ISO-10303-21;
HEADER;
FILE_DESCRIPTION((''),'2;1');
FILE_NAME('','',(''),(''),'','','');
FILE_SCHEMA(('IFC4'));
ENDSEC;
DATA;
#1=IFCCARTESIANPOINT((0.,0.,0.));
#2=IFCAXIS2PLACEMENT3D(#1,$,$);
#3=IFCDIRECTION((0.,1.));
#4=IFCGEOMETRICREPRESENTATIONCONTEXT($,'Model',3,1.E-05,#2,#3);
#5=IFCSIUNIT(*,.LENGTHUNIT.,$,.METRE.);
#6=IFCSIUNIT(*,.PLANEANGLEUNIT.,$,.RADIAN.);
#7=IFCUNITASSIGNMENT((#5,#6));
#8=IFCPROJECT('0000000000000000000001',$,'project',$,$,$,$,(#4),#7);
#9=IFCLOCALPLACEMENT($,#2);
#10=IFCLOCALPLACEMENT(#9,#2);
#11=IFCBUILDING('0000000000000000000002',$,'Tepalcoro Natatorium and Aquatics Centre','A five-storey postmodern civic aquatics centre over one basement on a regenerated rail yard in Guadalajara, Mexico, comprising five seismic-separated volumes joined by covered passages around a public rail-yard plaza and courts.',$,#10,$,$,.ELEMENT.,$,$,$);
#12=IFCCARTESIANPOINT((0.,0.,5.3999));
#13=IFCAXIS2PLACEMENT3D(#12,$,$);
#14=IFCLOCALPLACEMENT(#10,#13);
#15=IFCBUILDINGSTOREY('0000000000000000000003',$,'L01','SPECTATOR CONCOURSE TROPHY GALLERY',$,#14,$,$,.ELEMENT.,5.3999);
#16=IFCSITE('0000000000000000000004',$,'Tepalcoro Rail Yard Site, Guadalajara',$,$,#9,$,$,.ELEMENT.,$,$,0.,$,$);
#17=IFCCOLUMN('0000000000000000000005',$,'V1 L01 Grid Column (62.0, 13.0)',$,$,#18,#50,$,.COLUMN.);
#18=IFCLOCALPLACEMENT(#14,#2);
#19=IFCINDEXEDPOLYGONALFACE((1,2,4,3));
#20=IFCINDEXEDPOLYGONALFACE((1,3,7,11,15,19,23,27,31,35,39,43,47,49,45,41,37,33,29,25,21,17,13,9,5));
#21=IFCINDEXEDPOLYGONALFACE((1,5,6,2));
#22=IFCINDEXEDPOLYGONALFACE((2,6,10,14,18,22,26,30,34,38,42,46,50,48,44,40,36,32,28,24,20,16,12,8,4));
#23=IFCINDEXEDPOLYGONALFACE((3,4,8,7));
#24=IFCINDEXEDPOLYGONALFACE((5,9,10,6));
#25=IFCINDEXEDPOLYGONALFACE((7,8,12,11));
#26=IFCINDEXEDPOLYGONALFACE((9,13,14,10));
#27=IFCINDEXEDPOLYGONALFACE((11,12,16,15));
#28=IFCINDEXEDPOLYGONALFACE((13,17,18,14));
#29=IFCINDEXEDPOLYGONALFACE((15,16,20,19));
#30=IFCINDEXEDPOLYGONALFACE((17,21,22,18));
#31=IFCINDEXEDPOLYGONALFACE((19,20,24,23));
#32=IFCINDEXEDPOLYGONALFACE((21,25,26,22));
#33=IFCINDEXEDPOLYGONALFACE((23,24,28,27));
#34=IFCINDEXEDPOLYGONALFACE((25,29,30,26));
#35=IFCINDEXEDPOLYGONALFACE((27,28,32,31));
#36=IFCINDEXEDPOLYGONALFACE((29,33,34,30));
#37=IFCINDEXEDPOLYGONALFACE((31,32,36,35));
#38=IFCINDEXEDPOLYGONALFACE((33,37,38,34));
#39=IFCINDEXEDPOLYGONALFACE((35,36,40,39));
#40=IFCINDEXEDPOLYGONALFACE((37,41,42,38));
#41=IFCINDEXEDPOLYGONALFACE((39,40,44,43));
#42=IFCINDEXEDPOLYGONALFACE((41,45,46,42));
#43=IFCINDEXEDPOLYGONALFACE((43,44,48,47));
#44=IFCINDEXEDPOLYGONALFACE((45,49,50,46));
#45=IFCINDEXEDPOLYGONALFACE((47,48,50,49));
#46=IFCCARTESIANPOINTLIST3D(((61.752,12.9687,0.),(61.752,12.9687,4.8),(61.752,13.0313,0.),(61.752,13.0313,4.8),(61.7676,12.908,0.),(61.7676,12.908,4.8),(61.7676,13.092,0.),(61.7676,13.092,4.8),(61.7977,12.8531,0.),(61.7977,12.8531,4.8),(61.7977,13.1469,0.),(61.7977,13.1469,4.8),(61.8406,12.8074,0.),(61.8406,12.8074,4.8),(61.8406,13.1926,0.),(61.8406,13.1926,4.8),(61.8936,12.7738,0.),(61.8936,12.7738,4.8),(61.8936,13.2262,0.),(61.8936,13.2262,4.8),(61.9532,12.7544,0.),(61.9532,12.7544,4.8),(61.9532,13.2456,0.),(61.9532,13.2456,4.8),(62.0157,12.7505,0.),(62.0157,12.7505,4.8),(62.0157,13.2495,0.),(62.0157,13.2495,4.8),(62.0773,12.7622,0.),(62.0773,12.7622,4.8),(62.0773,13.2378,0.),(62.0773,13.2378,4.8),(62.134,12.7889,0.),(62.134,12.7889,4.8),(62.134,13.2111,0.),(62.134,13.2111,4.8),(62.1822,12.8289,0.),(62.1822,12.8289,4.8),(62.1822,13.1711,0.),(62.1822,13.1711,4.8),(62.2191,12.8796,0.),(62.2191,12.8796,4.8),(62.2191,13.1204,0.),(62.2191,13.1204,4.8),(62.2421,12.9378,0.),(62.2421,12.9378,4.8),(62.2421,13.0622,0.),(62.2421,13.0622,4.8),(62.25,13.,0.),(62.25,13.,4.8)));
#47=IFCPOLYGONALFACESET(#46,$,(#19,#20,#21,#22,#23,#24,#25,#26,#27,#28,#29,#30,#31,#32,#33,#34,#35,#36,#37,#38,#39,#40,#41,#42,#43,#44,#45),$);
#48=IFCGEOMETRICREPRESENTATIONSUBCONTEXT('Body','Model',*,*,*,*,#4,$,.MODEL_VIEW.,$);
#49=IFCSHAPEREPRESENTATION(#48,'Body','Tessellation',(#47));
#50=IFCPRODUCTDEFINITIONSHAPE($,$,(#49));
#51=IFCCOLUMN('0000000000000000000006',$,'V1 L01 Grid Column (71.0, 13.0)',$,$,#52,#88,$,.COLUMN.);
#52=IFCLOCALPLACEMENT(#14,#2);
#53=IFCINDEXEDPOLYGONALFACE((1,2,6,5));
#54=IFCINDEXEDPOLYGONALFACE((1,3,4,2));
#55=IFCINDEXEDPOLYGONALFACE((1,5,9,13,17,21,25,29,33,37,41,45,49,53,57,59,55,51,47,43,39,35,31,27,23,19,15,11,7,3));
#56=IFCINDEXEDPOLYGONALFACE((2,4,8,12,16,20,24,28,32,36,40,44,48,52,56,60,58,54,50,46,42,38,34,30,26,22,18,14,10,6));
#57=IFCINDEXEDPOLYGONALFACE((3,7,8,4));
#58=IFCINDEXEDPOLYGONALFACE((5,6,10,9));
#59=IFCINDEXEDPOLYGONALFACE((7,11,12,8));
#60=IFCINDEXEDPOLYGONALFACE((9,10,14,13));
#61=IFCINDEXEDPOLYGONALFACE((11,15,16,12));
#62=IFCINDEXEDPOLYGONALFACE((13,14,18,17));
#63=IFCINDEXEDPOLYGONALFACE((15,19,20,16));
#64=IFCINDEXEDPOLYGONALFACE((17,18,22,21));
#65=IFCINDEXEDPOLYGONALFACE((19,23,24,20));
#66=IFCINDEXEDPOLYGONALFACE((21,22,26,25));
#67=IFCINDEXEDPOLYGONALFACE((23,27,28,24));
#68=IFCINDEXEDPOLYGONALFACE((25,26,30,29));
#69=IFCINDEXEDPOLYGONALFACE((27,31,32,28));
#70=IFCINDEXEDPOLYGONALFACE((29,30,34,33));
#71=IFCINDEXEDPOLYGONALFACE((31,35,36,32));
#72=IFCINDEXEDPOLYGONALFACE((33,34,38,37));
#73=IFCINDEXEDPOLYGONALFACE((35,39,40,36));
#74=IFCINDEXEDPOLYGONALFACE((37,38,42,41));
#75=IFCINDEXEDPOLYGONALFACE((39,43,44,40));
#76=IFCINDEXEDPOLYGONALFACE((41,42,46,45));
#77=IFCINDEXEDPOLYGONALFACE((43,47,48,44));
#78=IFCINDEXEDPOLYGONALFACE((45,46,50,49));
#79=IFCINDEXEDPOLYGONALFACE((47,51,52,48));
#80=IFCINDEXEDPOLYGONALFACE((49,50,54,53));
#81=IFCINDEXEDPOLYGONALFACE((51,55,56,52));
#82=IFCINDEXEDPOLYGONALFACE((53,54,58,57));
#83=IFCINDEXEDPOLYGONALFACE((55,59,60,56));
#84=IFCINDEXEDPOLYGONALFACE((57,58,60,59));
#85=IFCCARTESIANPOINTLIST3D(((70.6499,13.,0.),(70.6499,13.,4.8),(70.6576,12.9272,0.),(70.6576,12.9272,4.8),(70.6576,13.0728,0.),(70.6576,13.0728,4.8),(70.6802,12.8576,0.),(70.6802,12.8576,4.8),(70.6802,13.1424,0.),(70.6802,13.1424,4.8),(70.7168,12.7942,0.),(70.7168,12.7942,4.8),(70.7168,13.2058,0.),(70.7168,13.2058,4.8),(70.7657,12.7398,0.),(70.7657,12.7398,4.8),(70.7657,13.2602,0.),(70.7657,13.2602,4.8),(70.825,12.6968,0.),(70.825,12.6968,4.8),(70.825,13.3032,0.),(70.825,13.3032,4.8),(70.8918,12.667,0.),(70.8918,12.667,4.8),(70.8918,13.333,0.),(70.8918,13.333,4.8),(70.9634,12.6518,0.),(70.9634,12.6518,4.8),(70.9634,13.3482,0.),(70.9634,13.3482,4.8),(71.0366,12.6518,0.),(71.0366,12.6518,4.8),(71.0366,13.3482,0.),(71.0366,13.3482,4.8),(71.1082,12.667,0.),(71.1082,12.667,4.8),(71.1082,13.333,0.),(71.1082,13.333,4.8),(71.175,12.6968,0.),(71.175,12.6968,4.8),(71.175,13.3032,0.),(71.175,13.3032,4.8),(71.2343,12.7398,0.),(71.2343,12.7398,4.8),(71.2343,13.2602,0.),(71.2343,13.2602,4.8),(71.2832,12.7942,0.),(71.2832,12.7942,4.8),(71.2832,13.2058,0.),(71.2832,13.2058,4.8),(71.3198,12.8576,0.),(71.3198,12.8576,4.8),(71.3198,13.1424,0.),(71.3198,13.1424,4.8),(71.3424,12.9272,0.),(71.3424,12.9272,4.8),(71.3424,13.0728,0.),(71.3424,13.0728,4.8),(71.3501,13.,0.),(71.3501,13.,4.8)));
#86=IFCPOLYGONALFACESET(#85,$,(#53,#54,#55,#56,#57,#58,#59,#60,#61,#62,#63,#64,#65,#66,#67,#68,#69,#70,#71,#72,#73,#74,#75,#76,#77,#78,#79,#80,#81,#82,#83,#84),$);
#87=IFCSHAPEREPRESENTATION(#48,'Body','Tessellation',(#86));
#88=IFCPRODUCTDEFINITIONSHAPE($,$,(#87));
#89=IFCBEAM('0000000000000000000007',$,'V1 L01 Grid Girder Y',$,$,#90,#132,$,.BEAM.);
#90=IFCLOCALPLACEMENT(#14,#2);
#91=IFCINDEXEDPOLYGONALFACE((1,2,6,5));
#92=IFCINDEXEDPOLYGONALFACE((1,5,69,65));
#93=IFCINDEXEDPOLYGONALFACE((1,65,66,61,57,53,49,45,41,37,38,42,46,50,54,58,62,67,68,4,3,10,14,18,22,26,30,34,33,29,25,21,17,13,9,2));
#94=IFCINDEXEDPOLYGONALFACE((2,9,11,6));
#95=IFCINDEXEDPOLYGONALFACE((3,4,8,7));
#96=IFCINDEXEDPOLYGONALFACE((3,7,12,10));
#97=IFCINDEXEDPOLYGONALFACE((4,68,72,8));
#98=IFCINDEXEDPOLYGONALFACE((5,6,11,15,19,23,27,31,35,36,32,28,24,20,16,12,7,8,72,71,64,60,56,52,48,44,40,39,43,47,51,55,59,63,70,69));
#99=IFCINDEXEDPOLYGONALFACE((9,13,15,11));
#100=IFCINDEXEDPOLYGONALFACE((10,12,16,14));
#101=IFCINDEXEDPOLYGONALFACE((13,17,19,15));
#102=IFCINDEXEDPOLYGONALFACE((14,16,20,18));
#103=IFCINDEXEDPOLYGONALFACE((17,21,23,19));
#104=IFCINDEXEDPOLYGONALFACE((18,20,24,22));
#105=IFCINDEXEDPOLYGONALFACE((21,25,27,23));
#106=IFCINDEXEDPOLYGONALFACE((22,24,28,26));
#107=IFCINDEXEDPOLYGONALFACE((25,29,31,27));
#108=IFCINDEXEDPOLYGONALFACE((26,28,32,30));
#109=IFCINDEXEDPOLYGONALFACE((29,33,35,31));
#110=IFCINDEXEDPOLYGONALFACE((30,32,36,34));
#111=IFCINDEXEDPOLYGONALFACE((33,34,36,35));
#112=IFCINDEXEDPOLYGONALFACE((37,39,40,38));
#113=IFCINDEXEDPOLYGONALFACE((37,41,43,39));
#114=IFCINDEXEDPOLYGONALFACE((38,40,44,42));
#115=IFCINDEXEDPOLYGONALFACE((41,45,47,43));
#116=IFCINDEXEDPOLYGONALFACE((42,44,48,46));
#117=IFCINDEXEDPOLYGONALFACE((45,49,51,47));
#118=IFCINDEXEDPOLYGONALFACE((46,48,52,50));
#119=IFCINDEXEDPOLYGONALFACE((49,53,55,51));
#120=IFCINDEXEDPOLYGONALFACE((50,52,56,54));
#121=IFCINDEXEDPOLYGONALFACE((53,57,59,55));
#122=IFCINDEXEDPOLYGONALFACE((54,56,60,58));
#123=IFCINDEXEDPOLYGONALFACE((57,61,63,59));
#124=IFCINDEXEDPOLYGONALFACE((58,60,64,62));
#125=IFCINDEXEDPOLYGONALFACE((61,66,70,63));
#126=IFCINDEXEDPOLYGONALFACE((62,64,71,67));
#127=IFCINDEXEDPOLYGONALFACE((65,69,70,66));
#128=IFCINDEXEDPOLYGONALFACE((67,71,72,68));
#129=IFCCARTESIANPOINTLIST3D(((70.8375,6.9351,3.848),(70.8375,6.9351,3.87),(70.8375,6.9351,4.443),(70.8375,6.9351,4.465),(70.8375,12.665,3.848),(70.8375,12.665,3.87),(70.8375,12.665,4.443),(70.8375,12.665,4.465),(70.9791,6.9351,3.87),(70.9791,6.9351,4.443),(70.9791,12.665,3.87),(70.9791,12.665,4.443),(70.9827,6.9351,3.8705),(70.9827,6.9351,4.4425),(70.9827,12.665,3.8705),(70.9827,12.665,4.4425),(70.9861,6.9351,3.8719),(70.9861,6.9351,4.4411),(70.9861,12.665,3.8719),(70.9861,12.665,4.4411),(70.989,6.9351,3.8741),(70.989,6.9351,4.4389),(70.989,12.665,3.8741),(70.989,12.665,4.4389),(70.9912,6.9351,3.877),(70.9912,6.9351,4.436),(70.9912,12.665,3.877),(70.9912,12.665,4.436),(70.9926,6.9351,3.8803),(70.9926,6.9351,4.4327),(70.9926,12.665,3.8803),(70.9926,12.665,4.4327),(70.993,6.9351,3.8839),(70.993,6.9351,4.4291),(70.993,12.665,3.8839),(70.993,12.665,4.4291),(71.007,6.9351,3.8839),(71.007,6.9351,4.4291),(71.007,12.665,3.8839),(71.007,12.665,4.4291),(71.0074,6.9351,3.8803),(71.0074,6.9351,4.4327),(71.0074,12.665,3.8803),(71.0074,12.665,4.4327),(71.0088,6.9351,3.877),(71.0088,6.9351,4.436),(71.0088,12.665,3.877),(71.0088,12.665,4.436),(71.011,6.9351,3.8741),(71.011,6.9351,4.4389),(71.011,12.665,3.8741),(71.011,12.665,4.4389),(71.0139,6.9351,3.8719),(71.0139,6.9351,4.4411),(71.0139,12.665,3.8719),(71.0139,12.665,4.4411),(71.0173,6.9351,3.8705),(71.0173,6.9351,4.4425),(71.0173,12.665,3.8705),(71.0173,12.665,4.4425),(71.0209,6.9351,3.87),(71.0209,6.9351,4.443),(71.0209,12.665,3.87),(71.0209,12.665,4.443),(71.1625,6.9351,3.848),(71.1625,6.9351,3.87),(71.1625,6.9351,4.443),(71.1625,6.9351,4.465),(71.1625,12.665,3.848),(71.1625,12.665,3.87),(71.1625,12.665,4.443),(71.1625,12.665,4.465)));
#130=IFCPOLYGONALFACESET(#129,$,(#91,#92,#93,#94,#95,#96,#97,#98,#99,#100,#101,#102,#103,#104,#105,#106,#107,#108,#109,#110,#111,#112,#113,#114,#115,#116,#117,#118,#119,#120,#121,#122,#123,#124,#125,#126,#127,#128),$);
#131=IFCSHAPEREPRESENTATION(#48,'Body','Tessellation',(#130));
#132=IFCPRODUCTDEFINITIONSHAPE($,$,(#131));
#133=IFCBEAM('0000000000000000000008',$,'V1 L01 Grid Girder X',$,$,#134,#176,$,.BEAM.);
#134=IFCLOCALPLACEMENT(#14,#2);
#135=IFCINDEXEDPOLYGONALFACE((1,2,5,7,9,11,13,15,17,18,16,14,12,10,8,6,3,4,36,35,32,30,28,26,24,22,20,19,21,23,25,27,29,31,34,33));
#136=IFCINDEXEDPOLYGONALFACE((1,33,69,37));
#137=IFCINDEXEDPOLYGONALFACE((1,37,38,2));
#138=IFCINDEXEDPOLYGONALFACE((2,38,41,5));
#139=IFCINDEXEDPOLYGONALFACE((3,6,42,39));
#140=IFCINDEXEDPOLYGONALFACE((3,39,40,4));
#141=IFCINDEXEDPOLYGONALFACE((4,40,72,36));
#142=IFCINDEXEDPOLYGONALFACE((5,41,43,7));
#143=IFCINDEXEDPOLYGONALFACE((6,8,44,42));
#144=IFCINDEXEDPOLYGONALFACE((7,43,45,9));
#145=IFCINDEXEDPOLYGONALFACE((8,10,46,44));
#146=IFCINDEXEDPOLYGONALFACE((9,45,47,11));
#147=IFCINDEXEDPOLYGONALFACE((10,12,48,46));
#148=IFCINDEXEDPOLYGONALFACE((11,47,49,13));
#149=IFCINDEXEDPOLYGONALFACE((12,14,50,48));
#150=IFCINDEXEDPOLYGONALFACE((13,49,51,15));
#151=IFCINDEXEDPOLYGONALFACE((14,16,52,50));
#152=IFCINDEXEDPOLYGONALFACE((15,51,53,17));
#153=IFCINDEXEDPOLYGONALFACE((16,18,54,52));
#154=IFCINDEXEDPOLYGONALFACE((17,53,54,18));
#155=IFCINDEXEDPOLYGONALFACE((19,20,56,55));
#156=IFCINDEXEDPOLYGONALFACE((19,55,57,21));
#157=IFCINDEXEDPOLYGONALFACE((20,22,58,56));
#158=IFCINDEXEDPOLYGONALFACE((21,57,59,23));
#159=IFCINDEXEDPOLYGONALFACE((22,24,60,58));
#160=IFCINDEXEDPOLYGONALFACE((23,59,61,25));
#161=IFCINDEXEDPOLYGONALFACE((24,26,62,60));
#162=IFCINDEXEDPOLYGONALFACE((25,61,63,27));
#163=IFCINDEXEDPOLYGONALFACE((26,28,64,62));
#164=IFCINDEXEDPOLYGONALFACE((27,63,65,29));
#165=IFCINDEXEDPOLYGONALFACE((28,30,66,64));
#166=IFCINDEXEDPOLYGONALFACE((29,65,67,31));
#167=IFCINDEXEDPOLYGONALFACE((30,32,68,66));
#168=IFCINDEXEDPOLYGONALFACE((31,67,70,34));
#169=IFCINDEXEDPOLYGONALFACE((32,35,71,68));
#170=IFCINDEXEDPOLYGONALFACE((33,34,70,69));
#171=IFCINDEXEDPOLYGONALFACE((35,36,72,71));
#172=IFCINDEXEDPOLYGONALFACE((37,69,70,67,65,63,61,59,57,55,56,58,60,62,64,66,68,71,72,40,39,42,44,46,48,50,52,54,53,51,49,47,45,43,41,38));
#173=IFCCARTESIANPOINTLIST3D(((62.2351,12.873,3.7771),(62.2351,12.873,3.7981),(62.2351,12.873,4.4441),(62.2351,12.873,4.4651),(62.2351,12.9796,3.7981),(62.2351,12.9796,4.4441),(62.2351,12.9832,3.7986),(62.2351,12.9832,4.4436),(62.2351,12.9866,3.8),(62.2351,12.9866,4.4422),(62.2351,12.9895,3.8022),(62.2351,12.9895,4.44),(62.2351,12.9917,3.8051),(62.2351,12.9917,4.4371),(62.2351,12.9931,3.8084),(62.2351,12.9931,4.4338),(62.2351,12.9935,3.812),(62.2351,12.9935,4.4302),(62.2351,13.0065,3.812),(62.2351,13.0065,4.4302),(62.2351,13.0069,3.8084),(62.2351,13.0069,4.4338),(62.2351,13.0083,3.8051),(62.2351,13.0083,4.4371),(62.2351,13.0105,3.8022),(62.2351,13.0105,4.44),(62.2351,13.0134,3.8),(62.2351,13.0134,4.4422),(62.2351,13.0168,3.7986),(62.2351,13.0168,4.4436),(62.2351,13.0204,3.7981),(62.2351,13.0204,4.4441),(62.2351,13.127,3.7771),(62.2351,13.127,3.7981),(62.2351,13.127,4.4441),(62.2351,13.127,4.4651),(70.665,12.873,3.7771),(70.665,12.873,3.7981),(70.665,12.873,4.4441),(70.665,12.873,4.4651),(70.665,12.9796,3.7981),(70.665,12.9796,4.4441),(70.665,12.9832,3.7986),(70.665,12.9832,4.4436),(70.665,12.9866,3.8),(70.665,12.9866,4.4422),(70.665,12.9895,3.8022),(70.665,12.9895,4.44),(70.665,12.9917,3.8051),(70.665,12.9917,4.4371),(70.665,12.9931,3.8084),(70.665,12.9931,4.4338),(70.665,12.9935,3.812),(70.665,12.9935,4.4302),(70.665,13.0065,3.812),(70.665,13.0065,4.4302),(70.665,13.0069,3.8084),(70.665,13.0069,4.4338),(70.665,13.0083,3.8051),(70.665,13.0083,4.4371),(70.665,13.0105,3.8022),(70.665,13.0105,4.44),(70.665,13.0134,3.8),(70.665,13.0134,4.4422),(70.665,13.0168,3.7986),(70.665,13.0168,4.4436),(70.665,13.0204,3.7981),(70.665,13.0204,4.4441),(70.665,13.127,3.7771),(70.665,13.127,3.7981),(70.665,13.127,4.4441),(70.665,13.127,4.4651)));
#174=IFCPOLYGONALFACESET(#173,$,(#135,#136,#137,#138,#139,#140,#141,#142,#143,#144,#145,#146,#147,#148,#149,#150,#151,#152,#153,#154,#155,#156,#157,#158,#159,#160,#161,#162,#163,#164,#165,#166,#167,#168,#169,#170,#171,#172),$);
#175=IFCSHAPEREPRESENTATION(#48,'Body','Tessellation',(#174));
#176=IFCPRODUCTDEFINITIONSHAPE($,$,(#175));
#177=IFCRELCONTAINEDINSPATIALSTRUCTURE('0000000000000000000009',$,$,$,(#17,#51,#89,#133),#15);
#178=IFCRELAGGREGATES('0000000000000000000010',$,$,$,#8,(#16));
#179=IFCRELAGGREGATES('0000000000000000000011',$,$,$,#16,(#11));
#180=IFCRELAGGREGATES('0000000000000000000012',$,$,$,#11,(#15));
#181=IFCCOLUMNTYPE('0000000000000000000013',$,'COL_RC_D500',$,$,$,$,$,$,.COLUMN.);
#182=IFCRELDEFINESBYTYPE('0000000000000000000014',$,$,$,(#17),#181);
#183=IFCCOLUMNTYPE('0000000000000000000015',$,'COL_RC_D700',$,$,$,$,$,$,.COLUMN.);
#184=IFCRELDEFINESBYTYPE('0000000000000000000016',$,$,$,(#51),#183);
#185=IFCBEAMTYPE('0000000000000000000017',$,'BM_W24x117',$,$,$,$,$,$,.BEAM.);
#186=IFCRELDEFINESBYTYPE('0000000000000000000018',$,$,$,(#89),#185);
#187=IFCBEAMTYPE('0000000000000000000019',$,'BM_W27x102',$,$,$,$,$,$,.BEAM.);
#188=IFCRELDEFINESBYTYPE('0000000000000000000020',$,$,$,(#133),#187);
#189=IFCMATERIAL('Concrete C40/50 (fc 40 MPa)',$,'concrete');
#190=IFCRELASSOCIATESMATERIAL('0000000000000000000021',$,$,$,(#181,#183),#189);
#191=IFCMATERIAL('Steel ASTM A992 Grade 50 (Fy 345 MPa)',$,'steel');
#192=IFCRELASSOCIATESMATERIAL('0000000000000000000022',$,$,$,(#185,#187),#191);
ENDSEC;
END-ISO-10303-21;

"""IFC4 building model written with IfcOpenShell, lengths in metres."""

from ifc_helpers import new_model, si_unit, direction, frame, origin, origin_2d, place, context, subcontext, project, spatial, circle, i_section, extrude, material, material_profile, profile_set, type_object, element, save


model = new_model("IFC4")

# Units and contexts
model_context = context("Model", 3, precision=1e-05, world=origin(), true_north=direction((0.0, 1.0)))
body_context = subcontext(model_context, "Body", "Model", "MODEL_VIEW")
ifc_project = project(units=[si_unit("LENGTHUNIT", "METRE"), si_unit("PLANEANGLEUNIT", "RADIAN")], contexts=[model_context])

# Site, building, storey
site_placement = place(None, origin())
site = spatial("IfcSite", under=ifc_project, at=site_placement, Name="Tepalcoro Rail Yard Site, Guadalajara", CompositionType="ELEMENT", RefElevation=0.0)
building_placement = place(site_placement, origin())
building = spatial("IfcBuilding", under=site, at=building_placement, Name="Tepalcoro Natatorium and Aquatics Centre", Description="A five-storey postmodern civic aquatics centre over one basement on a regenerated rail yard in Guadalajara, Mexico, comprising five seismic-separated volumes joined by covered passages around a public rail-yard plaza and courts.", CompositionType="ELEMENT")
storey_placement = place(building_placement, frame((0.0, 0.0, 5.3999)))
storey = spatial("IfcBuildingStorey", under=building, at=storey_placement, Name="L01", Description="SPECTATOR CONCOURSE TROPHY GALLERY", CompositionType="ELEMENT", Elevation=5.3999)

# Columns
ifc_material_1 = material(Name="Concrete C40/50 (fc 40 MPa)", Category="concrete")
ifc_material_profile_1 = material_profile(ifc_material_1, circle(Radius=0.25, at=origin_2d()), Name="RCD500")
ifc_profile_set_1 = profile_set([ifc_material_profile_1], Name="Concrete C40/50 (fc 40 MPa)")
column_type_1 = type_object("IfcColumnType", Name="COL_RC_D500", PredefinedType="COLUMN", material=ifc_profile_set_1)
column_1_placement = place(storey_placement, frame((62.0, 13.0, 0.0), z_axis=(0.0, 0.0, 1.0), x_axis=(1.0, 0.0, 0.0)))
element("IfcColumn", 1, at=column_1_placement, inside=storey, type_object=column_type_1, Name="V1 L01 Grid Column (62.0, 13.0)", PredefinedType="COLUMN", context=body_context, shape_type="SweptSolid", body=[
    extrude(circle(Radius=0.25, at=origin_2d()), origin(), (0.0, 0.0, 1.0), 4.8),
])
ifc_material_profile_2 = material_profile(ifc_material_1, circle(Radius=0.3501, at=origin_2d()), Name="RCD700")
ifc_profile_set_2 = profile_set([ifc_material_profile_2], Name="Concrete C40/50 (fc 40 MPa)")
column_type_2 = type_object("IfcColumnType", Name="COL_RC_D700", PredefinedType="COLUMN", material=ifc_profile_set_2)
column_2_placement = place(storey_placement, frame((71.0, 13.0, 0.0), z_axis=(0.0, 0.0, 1.0), x_axis=(1.0, 0.0, 0.0)))
element("IfcColumn", 2, at=column_2_placement, inside=storey, type_object=column_type_2, Name="V1 L01 Grid Column (71.0, 13.0)", PredefinedType="COLUMN", context=body_context, shape_type="SweptSolid", body=[
    extrude(circle(Radius=0.3501, at=origin_2d()), origin(), (0.0, 0.0, 1.0), 4.8),
])

# Beams
ifc_material_2 = material(Name="Steel ASTM A992 Grade 50 (Fy 345 MPa)", Category="steel")
ifc_material_profile_3 = material_profile(ifc_material_2, i_section(OverallWidth=0.325, OverallDepth=0.6169, WebThickness=0.0139, FlangeThickness=0.022, FilletRadius=0.0139, at=origin_2d()), Name="W24X117")
ifc_profile_set_3 = profile_set([ifc_material_profile_3], Name="Steel ASTM A992 Grade 50 (Fy 345 MPa)")
beam_type_1 = type_object("IfcBeamType", Name="BM_W24x117", PredefinedType="BEAM", material=ifc_profile_set_3)
beam_1_placement = place(storey_placement, frame((71.0, 6.9351, 4.1565), z_axis=(0.0, 1.0, 0.0), x_axis=(-1.0, 0.0, 0.0)))
element("IfcBeam", 3, at=beam_1_placement, inside=storey, type_object=beam_type_1, Name="V1 L01 Grid Girder Y", PredefinedType="BEAM", context=body_context, shape_type="SweptSolid", body=[
    extrude(i_section(OverallWidth=0.325, OverallDepth=0.6169, WebThickness=0.0139, FlangeThickness=0.022, FilletRadius=0.0139, at=origin_2d()), origin(), (0.0, 0.0, 1.0), 5.73),
])
ifc_material_profile_4 = material_profile(ifc_material_2, i_section(OverallWidth=0.2539, OverallDepth=0.688, WebThickness=0.0129, FlangeThickness=0.021, FilletRadius=0.0139, at=origin_2d()), Name="W27X102")
ifc_profile_set_4 = profile_set([ifc_material_profile_4], Name="Steel ASTM A992 Grade 50 (Fy 345 MPa)")
beam_type_2 = type_object("IfcBeamType", Name="BM_W27x102", PredefinedType="BEAM", material=ifc_profile_set_4)
beam_2_placement = place(storey_placement, frame((62.2351, 13.0, 4.1211), z_axis=(1.0, 0.0, 0.0), x_axis=(0.0, 1.0, 0.0)))
element("IfcBeam", 4, at=beam_2_placement, inside=storey, type_object=beam_type_2, Name="V1 L01 Grid Girder X", PredefinedType="BEAM", context=body_context, shape_type="SweptSolid", body=[
    extrude(i_section(OverallWidth=0.2539, OverallDepth=0.688, WebThickness=0.0129, FlangeThickness=0.021, FilletRadius=0.0139, at=origin_2d()), origin(), (0.0, 0.0, 1.0), 8.4299),
])

save(model, "model.ifc")
